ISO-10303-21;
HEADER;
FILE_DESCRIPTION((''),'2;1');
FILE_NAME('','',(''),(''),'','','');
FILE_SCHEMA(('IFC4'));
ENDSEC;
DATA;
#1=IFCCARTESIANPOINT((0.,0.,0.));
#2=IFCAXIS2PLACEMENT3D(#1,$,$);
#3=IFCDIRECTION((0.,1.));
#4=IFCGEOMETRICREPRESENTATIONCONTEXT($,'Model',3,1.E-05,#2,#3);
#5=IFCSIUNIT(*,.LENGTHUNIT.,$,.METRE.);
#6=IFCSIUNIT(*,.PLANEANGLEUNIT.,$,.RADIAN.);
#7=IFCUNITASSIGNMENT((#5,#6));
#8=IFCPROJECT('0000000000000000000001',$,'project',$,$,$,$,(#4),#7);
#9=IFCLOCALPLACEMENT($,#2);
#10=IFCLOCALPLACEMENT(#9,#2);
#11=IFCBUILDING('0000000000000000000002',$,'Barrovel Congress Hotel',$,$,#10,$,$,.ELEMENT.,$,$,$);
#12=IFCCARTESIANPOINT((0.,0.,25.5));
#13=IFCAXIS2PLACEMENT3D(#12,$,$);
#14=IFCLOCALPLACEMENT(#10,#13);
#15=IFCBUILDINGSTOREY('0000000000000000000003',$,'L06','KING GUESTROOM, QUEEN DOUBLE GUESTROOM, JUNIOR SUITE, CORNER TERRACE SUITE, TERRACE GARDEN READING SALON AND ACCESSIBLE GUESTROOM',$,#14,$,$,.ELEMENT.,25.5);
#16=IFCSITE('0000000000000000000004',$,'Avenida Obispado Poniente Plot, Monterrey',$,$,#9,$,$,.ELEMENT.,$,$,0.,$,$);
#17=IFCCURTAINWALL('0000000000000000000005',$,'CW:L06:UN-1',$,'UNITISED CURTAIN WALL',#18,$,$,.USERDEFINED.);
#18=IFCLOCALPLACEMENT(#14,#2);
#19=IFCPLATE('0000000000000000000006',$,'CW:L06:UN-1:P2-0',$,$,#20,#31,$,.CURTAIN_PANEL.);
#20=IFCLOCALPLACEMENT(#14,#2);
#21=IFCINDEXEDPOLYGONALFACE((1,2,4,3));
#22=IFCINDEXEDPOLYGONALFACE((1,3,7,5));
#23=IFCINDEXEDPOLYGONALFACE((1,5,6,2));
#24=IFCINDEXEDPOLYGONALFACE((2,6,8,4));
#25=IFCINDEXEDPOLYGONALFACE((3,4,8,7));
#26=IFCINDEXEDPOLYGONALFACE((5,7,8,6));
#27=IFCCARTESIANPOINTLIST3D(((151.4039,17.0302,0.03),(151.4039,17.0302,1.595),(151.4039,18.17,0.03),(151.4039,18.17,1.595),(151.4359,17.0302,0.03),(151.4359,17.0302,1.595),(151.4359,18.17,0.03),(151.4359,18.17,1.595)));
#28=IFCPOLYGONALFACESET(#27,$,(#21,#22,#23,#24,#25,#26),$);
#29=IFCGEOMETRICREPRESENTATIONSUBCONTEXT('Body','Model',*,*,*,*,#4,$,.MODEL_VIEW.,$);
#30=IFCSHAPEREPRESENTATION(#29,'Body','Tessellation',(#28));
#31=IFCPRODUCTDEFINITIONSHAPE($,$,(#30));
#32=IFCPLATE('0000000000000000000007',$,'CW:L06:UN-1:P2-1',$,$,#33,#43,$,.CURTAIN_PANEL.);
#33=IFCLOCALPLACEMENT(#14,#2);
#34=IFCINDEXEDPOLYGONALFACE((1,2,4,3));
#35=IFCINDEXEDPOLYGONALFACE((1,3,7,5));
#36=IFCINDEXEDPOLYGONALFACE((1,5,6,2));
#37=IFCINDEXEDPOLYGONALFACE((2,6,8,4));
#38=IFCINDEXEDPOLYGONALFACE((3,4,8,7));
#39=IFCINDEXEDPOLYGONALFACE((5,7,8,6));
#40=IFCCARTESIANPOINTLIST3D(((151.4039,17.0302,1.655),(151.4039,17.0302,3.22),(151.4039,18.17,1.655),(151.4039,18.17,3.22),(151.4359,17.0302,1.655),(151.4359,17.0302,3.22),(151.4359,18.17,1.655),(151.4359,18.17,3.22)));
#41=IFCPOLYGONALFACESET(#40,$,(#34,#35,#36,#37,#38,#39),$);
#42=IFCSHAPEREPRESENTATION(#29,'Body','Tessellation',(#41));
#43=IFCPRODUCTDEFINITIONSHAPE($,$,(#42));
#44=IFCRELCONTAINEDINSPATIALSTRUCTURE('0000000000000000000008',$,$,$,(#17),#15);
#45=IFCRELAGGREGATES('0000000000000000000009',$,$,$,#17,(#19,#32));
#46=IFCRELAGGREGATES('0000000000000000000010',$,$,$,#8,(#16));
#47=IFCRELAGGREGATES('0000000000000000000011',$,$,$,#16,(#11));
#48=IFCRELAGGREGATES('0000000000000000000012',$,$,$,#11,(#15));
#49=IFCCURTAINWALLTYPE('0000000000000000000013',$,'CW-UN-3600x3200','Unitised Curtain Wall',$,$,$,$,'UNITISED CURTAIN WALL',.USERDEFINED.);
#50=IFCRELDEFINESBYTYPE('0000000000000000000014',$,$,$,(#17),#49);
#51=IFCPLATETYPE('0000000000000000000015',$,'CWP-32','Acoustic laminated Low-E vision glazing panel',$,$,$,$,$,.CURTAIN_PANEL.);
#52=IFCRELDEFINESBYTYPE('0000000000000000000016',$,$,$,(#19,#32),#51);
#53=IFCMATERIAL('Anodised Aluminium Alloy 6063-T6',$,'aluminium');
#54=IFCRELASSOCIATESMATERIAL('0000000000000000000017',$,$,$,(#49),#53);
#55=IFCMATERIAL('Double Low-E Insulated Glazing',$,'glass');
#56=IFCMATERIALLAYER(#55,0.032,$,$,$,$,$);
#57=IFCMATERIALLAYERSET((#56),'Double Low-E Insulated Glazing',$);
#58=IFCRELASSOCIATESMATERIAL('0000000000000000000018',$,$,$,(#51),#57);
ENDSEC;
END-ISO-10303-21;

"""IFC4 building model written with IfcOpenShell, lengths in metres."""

from ifc_helpers import new_model, si_unit, direction, frame, origin, origin_2d, place, context, subcontext, project, spatial, rectangle, extrude, material, layer, layer_set, type_object, element, aggregate, save


model = new_model("IFC4")

# Units and contexts
model_context = context("Model", 3, precision=1e-05, world=origin(), true_north=direction((0.0, 1.0)))
body_context = subcontext(model_context, "Body", "Model", "MODEL_VIEW")
ifc_project = project(units=[si_unit("LENGTHUNIT", "METRE"), si_unit("PLANEANGLEUNIT", "RADIAN")], contexts=[model_context])

# Site, building, storey
site_placement = place(None, origin())
site = spatial("IfcSite", under=ifc_project, at=site_placement, Name="Avenida Obispado Poniente Plot, Monterrey", CompositionType="ELEMENT", RefElevation=0.0)
building_placement = place(site_placement, origin())
building = spatial("IfcBuilding", under=site, at=building_placement, Name="Barrovel Congress Hotel", CompositionType="ELEMENT")
storey_placement = place(building_placement, frame((0.0, 0.0, 25.5)))
storey = spatial("IfcBuildingStorey", under=building, at=storey_placement, Name="L06", Description="KING GUESTROOM, QUEEN DOUBLE GUESTROOM, JUNIOR SUITE, CORNER TERRACE SUITE, TERRACE GARDEN READING SALON AND ACCESSIBLE GUESTROOM", CompositionType="ELEMENT", Elevation=25.5)

# Curtain wall
ifc_material_1 = material(Name="Anodised Aluminium Alloy 6063-T6", Category="aluminium")
curtain_wall_type = type_object("IfcCurtainWallType", Name="CW-UN-3600x3200", Description="Unitised Curtain Wall", ElementType="UNITISED CURTAIN WALL", PredefinedType="USERDEFINED", material=ifc_material_1)
curtain_wall_placement = place(storey_placement, origin())
curtain_wall = element("IfcCurtainWall", 1, at=curtain_wall_placement, inside=storey, type_object=curtain_wall_type, Name="CW:L06:UN-1", ObjectType="UNITISED CURTAIN WALL", PredefinedType="USERDEFINED")

# Plates
ifc_material_2 = material(Name="Double Low-E Insulated Glazing", Category="glass")
ifc_layer_1 = layer(ifc_material_2, 0.032)
ifc_layer_set_1 = layer_set([ifc_layer_1], Name="Double Low-E Insulated Glazing")
plate_type = type_object("IfcPlateType", Name="CWP-32", Description="Acoustic laminated Low-E vision glazing panel", PredefinedType="CURTAIN_PANEL", material=ifc_layer_set_1)
plate_1_placement = place(storey_placement, frame((151.4199, 17.6001, 0.03), z_axis=(0.0, 0.0, 1.0), x_axis=(0.0, 1.0, 0.0)))
plate_1 = element("IfcPlate", 2, at=plate_1_placement, type_object=plate_type, Name="CW:L06:UN-1:P2-0", PredefinedType="CURTAIN_PANEL", context=body_context, shape_type="SweptSolid", body=[
    extrude(rectangle(XDim=1.1399, YDim=0.032, at=origin_2d()), origin(), (0.0, 0.0, 1.0), 1.5649),
])
plate_2_placement = place(storey_placement, frame((151.4199, 17.6001, 1.655), z_axis=(0.0, 0.0, 1.0), x_axis=(0.0, 1.0, 0.0)))
plate_2 = element("IfcPlate", 3, at=plate_2_placement, type_object=plate_type, Name="CW:L06:UN-1:P2-1", PredefinedType="CURTAIN_PANEL", context=body_context, shape_type="SweptSolid", body=[
    extrude(rectangle(XDim=1.1399, YDim=0.032, at=origin_2d()), origin(), (0.0, 0.0, 1.0), 1.5649),
])
aggregate(curtain_wall, [plate_1, plate_2])

save(model, "model.ifc")
